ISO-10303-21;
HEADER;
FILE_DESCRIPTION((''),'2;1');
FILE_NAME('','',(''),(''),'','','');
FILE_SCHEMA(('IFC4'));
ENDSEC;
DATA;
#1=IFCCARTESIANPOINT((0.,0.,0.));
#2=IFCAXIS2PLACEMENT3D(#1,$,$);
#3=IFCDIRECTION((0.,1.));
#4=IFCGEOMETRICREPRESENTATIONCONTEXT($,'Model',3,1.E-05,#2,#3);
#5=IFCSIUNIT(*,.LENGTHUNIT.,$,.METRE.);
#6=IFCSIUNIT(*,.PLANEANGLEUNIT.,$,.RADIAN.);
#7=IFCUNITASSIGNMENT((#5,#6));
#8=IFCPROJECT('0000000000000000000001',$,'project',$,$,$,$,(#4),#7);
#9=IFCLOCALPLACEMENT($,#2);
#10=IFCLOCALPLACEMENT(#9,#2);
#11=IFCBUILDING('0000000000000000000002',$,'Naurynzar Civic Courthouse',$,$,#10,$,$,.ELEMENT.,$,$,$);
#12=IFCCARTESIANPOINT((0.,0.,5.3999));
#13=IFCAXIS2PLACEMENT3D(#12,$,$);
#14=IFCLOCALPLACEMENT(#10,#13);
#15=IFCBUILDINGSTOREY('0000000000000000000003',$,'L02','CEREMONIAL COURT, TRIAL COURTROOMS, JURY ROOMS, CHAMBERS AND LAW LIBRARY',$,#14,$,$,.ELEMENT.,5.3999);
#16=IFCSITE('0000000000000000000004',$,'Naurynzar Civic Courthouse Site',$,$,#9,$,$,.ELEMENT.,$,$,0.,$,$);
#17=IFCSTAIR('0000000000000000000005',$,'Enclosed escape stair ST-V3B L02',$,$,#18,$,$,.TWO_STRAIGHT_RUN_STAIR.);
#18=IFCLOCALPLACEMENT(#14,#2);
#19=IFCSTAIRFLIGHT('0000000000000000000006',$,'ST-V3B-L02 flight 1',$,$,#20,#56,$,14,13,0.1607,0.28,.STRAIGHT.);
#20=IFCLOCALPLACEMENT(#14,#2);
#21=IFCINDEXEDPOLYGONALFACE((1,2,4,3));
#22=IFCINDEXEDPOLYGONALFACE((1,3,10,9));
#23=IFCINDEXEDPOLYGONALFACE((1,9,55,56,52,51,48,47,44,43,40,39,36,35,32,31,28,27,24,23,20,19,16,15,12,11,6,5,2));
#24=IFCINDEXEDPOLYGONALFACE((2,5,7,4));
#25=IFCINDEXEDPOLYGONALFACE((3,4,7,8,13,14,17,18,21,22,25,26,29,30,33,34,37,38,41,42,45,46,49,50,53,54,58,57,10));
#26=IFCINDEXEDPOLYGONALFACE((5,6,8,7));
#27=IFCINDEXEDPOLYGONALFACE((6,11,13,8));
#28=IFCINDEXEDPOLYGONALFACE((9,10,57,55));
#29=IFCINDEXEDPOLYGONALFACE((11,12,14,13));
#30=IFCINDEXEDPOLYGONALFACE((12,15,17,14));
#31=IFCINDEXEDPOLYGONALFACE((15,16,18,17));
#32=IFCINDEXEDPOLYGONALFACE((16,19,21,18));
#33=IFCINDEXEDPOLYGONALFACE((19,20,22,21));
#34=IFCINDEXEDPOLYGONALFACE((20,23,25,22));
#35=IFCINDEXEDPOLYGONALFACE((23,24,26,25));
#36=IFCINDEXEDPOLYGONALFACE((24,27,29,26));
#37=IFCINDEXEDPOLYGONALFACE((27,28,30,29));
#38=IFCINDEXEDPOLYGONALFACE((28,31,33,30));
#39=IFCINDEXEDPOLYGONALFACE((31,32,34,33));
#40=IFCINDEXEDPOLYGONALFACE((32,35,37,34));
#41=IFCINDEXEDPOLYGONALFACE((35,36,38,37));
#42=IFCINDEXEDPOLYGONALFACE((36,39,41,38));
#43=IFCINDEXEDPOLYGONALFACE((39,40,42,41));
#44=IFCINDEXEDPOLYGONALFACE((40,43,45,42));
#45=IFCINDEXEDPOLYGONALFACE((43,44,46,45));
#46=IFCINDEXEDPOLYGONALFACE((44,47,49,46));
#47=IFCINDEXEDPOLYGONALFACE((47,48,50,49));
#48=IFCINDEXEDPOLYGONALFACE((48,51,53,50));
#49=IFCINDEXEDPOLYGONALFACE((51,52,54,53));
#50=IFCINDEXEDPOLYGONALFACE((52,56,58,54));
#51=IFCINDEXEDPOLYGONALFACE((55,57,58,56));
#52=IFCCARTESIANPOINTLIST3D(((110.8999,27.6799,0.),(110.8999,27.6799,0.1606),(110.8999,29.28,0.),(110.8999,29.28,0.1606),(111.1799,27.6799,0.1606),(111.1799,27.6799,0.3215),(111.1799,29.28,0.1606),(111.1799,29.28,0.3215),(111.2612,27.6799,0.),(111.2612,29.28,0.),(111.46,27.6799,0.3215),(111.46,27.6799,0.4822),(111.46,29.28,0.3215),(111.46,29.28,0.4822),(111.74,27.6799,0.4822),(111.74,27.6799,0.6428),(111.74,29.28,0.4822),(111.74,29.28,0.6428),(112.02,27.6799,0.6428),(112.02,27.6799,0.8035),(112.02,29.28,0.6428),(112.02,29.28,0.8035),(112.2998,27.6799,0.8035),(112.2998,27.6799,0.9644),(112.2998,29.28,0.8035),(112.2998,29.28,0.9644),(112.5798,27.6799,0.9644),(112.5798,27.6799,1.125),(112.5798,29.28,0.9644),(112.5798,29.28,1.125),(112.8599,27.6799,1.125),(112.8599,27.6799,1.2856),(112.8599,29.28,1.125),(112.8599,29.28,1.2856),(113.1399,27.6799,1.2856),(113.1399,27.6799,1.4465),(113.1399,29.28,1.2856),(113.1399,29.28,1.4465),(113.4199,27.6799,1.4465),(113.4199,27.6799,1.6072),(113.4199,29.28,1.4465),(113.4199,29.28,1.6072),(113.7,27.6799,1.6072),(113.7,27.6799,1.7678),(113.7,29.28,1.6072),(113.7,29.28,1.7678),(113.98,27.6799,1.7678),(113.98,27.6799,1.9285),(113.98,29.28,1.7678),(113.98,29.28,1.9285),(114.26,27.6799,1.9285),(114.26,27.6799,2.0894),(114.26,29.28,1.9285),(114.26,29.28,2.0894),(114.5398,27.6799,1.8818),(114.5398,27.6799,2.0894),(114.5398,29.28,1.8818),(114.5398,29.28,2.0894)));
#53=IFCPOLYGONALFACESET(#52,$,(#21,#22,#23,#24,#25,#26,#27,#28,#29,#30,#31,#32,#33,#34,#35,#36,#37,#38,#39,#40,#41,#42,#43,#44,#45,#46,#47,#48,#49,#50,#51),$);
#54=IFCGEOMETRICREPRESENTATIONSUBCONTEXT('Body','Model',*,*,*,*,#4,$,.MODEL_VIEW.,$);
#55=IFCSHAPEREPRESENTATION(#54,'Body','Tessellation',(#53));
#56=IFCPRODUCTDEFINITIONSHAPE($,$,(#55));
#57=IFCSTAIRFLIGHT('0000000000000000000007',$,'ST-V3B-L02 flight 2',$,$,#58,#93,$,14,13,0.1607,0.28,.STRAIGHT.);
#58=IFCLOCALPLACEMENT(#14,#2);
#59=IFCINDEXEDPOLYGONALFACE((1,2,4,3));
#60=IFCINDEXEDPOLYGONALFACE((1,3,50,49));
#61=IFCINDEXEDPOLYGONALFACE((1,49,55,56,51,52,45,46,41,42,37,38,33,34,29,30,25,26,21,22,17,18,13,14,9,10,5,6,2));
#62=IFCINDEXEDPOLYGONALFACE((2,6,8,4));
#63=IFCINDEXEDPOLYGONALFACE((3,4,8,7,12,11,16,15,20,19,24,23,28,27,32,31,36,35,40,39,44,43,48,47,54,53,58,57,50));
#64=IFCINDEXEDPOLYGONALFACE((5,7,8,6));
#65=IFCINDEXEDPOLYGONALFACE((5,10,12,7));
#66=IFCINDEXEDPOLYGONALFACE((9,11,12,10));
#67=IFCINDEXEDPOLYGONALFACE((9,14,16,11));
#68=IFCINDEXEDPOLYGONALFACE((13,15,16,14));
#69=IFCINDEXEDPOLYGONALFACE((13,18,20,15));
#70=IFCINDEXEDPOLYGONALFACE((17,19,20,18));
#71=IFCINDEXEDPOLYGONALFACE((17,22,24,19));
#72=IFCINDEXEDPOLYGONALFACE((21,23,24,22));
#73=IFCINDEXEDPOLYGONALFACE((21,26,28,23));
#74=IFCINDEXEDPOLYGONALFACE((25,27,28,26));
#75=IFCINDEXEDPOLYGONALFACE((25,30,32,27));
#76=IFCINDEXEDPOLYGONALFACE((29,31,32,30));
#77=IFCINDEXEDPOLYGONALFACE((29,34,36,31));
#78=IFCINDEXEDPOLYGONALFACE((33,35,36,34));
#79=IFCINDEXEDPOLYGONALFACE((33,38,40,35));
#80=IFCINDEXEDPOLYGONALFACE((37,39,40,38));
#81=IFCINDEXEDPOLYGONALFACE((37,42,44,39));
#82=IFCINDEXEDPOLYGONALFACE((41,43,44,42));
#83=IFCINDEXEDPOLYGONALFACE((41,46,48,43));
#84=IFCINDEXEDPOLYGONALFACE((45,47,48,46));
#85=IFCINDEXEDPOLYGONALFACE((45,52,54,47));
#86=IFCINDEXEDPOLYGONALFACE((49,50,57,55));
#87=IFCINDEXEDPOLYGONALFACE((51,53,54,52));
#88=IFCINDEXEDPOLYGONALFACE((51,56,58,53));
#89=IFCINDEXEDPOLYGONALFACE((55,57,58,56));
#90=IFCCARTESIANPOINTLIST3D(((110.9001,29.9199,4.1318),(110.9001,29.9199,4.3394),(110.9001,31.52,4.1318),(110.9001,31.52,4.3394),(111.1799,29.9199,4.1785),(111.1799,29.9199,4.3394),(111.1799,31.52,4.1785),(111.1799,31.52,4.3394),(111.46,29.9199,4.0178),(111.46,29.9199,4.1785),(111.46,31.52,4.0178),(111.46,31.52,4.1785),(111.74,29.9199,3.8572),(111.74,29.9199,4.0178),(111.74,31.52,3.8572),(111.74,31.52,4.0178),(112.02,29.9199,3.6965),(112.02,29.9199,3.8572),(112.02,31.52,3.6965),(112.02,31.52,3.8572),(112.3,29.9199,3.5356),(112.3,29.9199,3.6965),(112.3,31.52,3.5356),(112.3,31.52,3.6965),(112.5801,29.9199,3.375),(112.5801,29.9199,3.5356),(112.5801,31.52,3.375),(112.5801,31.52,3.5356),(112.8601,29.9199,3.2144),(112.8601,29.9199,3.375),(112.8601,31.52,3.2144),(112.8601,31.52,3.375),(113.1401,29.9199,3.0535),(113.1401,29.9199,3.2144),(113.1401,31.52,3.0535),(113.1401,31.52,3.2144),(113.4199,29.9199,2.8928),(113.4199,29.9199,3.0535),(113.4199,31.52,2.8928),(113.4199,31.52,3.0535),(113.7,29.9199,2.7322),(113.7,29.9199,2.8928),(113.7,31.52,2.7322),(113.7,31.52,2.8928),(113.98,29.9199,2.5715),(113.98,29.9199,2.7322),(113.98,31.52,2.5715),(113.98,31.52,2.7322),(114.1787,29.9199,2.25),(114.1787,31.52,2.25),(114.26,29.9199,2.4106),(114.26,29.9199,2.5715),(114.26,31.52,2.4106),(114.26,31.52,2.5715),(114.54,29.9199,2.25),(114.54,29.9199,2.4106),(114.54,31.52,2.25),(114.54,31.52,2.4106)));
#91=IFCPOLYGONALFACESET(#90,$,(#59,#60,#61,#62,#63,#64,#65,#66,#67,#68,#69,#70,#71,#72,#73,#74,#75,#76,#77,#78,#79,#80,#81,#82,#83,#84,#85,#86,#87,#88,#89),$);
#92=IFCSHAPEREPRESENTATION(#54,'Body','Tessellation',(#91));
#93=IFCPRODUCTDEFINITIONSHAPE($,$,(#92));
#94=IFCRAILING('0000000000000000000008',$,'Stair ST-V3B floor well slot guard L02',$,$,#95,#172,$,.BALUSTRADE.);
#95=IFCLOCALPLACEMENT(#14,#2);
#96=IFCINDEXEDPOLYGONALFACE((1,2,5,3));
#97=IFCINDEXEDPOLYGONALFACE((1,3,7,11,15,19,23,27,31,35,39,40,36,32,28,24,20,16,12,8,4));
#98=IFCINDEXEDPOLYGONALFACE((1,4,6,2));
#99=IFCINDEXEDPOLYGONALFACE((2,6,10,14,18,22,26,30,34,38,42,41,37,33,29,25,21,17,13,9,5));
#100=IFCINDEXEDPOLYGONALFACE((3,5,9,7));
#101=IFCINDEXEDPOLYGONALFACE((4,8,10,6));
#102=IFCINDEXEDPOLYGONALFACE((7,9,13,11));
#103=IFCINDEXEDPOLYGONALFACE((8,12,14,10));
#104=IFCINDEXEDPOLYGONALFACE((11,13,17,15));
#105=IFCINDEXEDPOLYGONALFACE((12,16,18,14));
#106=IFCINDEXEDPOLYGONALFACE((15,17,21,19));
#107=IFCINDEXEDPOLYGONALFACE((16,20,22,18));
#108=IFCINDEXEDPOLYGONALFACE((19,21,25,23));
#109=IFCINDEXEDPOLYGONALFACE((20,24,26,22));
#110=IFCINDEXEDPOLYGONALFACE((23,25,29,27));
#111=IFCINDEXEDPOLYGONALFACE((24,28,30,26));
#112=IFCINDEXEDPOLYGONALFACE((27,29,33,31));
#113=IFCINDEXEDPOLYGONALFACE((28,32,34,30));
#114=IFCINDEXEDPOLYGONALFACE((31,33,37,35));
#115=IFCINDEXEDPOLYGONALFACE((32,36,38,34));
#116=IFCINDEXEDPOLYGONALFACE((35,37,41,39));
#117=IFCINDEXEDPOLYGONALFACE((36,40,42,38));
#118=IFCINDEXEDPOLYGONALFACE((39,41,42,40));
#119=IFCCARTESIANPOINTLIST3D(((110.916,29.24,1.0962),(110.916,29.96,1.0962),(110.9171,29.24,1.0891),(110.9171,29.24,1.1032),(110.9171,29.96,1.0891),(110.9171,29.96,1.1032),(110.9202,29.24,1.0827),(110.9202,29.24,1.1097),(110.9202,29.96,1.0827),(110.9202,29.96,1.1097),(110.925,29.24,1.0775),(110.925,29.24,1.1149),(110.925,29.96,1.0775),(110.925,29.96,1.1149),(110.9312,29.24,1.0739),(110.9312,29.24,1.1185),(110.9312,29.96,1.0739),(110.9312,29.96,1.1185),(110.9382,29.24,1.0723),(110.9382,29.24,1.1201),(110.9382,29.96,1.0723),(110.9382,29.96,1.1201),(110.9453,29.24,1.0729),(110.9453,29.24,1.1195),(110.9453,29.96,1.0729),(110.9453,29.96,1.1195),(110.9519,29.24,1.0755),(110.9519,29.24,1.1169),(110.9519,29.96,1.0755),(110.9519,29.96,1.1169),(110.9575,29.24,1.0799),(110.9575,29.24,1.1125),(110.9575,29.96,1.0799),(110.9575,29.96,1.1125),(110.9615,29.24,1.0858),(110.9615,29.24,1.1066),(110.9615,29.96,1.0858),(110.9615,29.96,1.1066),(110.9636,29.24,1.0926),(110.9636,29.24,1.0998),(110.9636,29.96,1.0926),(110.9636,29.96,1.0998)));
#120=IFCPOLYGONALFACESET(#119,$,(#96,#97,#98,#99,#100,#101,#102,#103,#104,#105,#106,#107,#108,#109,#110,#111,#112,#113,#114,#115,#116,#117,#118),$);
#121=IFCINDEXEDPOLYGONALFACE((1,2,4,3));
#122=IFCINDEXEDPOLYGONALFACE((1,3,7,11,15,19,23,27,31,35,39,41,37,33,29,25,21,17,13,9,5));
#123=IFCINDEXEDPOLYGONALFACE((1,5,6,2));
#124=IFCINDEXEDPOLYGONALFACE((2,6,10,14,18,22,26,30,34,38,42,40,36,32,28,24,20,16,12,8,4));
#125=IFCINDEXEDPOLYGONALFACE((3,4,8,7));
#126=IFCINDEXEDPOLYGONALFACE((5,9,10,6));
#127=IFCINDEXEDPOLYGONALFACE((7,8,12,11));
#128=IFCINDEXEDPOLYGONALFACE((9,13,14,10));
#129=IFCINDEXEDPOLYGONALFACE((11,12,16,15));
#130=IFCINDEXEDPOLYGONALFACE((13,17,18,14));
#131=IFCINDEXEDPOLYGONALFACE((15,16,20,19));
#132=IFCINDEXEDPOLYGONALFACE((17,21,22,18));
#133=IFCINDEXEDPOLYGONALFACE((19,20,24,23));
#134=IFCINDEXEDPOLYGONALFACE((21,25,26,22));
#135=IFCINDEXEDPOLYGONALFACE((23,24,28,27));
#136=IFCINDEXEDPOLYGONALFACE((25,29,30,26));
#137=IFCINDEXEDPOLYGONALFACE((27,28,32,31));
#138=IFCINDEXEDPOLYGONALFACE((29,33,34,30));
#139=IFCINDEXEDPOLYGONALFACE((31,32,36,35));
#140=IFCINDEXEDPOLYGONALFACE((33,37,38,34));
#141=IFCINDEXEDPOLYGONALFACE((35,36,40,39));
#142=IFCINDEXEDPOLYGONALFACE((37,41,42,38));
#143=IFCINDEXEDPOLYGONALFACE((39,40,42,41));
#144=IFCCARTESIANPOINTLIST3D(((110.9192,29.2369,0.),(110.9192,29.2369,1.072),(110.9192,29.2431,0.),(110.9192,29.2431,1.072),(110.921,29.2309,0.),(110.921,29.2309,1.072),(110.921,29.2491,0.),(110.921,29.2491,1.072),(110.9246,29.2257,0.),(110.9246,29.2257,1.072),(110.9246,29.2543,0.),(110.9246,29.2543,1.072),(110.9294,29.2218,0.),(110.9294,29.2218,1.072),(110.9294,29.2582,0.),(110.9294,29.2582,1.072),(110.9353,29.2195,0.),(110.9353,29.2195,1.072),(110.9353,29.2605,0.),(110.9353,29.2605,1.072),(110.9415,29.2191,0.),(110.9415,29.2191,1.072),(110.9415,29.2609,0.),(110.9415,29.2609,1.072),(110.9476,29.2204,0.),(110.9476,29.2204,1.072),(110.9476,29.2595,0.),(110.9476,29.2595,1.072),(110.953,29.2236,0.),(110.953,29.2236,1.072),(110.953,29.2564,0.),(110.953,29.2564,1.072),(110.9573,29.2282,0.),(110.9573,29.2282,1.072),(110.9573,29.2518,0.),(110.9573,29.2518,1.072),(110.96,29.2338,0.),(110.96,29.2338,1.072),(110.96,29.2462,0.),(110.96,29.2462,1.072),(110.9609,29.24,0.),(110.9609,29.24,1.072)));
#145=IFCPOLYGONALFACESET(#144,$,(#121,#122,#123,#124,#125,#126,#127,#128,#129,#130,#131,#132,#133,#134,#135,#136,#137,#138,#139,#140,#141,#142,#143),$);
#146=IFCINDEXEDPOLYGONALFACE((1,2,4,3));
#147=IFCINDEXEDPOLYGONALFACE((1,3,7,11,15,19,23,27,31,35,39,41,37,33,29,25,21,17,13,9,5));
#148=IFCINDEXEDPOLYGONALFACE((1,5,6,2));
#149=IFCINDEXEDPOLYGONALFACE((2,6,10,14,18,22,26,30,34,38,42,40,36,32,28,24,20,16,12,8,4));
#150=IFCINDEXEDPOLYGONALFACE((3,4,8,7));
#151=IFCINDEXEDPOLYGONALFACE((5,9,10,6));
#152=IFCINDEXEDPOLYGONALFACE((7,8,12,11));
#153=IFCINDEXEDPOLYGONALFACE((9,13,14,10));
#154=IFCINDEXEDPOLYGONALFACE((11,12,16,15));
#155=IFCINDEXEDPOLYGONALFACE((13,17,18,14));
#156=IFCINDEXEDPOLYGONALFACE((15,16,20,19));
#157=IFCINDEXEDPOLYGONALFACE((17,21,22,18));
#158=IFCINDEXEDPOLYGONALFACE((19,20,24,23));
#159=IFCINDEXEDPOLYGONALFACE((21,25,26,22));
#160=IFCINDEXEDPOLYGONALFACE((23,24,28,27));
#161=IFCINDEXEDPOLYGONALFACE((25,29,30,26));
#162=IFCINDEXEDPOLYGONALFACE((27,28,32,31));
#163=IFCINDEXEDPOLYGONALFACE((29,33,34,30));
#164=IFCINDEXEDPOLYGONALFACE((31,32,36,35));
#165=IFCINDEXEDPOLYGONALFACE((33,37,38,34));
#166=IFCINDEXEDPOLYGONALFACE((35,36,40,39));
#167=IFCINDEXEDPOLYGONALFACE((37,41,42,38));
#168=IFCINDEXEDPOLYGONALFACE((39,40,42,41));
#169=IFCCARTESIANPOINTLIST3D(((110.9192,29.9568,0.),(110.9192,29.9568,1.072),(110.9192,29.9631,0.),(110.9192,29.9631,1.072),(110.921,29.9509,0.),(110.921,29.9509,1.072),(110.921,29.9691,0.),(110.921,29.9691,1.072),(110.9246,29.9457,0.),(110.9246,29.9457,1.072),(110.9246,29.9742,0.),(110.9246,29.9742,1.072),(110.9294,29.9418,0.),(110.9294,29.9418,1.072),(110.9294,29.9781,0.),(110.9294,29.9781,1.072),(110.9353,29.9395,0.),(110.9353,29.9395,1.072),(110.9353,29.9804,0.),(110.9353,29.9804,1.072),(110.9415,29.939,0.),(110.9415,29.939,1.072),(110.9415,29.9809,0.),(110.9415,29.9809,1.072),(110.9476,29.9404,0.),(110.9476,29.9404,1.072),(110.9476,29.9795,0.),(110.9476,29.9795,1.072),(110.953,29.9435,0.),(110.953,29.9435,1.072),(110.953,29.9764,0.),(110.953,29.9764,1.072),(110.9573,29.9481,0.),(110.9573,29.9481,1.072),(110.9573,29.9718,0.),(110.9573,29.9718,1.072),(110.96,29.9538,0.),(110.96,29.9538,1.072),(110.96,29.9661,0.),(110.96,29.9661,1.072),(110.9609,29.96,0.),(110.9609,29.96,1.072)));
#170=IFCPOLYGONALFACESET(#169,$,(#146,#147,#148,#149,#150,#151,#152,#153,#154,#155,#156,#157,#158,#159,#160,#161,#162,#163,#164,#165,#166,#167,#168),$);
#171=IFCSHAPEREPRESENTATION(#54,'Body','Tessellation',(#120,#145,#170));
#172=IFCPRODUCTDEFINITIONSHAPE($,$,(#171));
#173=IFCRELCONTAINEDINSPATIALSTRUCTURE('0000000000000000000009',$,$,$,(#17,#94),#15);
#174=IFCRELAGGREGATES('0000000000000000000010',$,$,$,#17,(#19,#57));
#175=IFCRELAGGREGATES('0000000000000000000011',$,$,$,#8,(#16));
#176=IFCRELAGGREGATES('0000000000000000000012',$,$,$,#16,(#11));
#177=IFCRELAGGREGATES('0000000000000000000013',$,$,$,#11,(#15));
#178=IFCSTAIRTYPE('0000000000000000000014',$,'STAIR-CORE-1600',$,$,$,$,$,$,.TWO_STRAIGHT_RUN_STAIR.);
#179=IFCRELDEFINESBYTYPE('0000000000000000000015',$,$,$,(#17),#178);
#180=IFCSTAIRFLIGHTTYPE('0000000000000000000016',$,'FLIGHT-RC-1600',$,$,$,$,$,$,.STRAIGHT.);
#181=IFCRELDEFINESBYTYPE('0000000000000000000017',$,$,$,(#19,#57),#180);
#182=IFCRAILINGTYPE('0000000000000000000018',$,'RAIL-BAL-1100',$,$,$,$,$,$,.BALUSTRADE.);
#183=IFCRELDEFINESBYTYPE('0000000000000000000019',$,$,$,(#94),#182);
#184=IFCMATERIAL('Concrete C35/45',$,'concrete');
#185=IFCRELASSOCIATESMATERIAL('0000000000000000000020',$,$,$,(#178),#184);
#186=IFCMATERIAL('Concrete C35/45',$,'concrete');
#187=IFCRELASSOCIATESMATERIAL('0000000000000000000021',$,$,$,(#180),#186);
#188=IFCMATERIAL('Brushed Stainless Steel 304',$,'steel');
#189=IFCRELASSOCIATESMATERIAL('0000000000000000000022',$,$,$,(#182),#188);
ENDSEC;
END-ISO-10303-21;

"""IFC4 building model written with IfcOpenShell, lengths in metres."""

from ifc_helpers import new_model, si_unit, direction, frame, origin, origin_2d, place, context, subcontext, project, spatial, polyline, circle, outline, extrude, material, type_object, element, aggregate, save


model = new_model("IFC4")

# Units and contexts
model_context = context("Model", 3, precision=1e-05, world=origin(), true_north=direction((0.0, 1.0)))
body_context = subcontext(model_context, "Body", "Model", "MODEL_VIEW")
ifc_project = project(units=[si_unit("LENGTHUNIT", "METRE"), si_unit("PLANEANGLEUNIT", "RADIAN")], contexts=[model_context])

# Site, building, storey
site_placement = place(None, origin())
site = spatial("IfcSite", under=ifc_project, at=site_placement, Name="Naurynzar Civic Courthouse Site", CompositionType="ELEMENT", RefElevation=0.0)
building_placement = place(site_placement, origin())
building = spatial("IfcBuilding", under=site, at=building_placement, Name="Naurynzar Civic Courthouse", CompositionType="ELEMENT")
storey_placement = place(building_placement, frame((0.0, 0.0, 5.3999)))
storey = spatial("IfcBuildingStorey", under=building, at=storey_placement, Name="L02", Description="CEREMONIAL COURT, TRIAL COURTROOMS, JURY ROOMS, CHAMBERS AND LAW LIBRARY", CompositionType="ELEMENT", Elevation=5.3999)

# Stair, stair flights
ifc_material_1 = material(Name="Concrete C35/45", Category="concrete")
stair_type = type_object("IfcStairType", Name="STAIR-CORE-1600", PredefinedType="TWO_STRAIGHT_RUN_STAIR", material=ifc_material_1)
stair_placement = place(storey_placement, origin())
stair = element("IfcStair", 1, at=stair_placement, inside=storey, type_object=stair_type, Name="Enclosed escape stair ST-V3B L02", PredefinedType="TWO_STRAIGHT_RUN_STAIR")
ifc_material_2 = material(Name="Concrete C35/45", Category="concrete")
stair_flight_type = type_object("IfcStairFlightType", Name="FLIGHT-RC-1600", PredefinedType="STRAIGHT", material=ifc_material_2)
stair_flight_1_placement = place(storey_placement, frame((110.8999, 28.48, 0.0), z_axis=(0.0, 0.0, 1.0), x_axis=(1.0, 0.0, 0.0)))
stair_flight_1 = element("IfcStairFlight", 2, at=stair_flight_1_placement, type_object=stair_flight_type, Name="ST-V3B-L02 flight 1", NumberOfRisers=14, NumberOfTreads=13, PredefinedType="STRAIGHT", RiserHeight=0.1607, TreadLength=0.28, context=body_context, shape_type="SweptSolid", body=[
    extrude(outline(polyline([(0.0, 0.0), (0.0, 0.1606), (0.28, 0.1606), (0.28, 0.3215), (0.5601, 0.3215), (0.5601, 0.4822), (0.8401, 0.4822), (0.8401, 0.6428), (1.1201, 0.6428), (1.1201, 0.8035), (1.3999, 0.8035), (1.3999, 0.9644), (1.6799, 0.9644), (1.6799, 1.125), (1.96, 1.125), (1.96, 1.2856), (2.24, 1.2856), (2.24, 1.4465), (2.52, 1.4465), (2.52, 1.6072), (2.8, 1.6072), (2.8, 1.7678), (3.0801, 1.7678), (3.0801, 1.9285), (3.3601, 1.9285), (3.3601, 2.0894), (3.6399, 2.0894), (3.6399, 2.25), (3.6399, 1.8818), (0.3613, 0.0), (0.0, 0.0)])), frame((0.0, 0.8, 0.0), z_axis=(0.0, -1.0, 0.0), x_axis=(1.0, 0.0, 0.0)), (0.0, 0.0, 1.0), 1.6001),
])
stair_flight_2_placement = place(storey_placement, frame((114.54, 30.72, 2.25), z_axis=(0.0, 0.0, 1.0), x_axis=(-1.0, 0.0, 0.0)))
stair_flight_2 = element("IfcStairFlight", 3, at=stair_flight_2_placement, type_object=stair_flight_type, Name="ST-V3B-L02 flight 2", NumberOfRisers=14, NumberOfTreads=13, PredefinedType="STRAIGHT", RiserHeight=0.1607, TreadLength=0.28, context=body_context, shape_type="SweptSolid", body=[
    extrude(outline(polyline([(0.0, 0.0), (0.0, 0.1606), (0.28, 0.1606), (0.28, 0.3215), (0.5601, 0.3215), (0.5601, 0.4822), (0.8401, 0.4822), (0.8401, 0.6428), (1.1201, 0.6428), (1.1201, 0.8035), (1.3999, 0.8035), (1.3999, 0.9644), (1.6799, 0.9644), (1.6799, 1.125), (1.96, 1.125), (1.96, 1.2856), (2.24, 1.2856), (2.24, 1.4465), (2.52, 1.4465), (2.52, 1.6072), (2.8, 1.6072), (2.8, 1.7678), (3.0801, 1.7678), (3.0801, 1.9285), (3.3601, 1.9285), (3.3601, 2.0894), (3.6399, 2.0894), (3.6399, 2.25), (3.6399, 1.8818), (0.3613, 0.0), (0.0, 0.0)])), frame((0.0, 0.8, 0.0), z_axis=(0.0, -1.0, 0.0), x_axis=(1.0, 0.0, 0.0)), (0.0, 0.0, 1.0), 1.6001),
])
aggregate(stair, [stair_flight_1, stair_flight_2])

# Railing
ifc_material_3 = material(Name="Brushed Stainless Steel 304", Category="steel")
railing_type_1 = type_object("IfcRailingType", Name="RAIL-BAL-1100", PredefinedType="BALUSTRADE", material=ifc_material_3)
for number, where, name in (
    (4, (110.9399, 29.24, 0.0), "Stair ST-V3B floor well slot guard L02"),
):
    element("IfcRailing", number, at=place(storey_placement, frame(where)), inside=storey, type_object=railing_type_1, Name=name, PredefinedType="BALUSTRADE", context=body_context, shape_type="SweptSolid", body=[
        extrude(circle(Radius=0.0239, at=origin_2d()), frame((0.0, 0.0, 1.0962), z_axis=(0.0, 1.0, 0.0), x_axis=(-1.0, 0.0, 0.0)), (0.0, 0.0, 1.0), 0.72),
        extrude(circle(Radius=0.021, at=origin_2d()), origin(), (0.0, 0.0, 1.0), 1.072),
        extrude(circle(Radius=0.021, at=origin_2d()), frame((0.0, 0.72, 0.0)), (0.0, 0.0, 1.0), 1.072),
    ])

save(model, "model.ifc")
